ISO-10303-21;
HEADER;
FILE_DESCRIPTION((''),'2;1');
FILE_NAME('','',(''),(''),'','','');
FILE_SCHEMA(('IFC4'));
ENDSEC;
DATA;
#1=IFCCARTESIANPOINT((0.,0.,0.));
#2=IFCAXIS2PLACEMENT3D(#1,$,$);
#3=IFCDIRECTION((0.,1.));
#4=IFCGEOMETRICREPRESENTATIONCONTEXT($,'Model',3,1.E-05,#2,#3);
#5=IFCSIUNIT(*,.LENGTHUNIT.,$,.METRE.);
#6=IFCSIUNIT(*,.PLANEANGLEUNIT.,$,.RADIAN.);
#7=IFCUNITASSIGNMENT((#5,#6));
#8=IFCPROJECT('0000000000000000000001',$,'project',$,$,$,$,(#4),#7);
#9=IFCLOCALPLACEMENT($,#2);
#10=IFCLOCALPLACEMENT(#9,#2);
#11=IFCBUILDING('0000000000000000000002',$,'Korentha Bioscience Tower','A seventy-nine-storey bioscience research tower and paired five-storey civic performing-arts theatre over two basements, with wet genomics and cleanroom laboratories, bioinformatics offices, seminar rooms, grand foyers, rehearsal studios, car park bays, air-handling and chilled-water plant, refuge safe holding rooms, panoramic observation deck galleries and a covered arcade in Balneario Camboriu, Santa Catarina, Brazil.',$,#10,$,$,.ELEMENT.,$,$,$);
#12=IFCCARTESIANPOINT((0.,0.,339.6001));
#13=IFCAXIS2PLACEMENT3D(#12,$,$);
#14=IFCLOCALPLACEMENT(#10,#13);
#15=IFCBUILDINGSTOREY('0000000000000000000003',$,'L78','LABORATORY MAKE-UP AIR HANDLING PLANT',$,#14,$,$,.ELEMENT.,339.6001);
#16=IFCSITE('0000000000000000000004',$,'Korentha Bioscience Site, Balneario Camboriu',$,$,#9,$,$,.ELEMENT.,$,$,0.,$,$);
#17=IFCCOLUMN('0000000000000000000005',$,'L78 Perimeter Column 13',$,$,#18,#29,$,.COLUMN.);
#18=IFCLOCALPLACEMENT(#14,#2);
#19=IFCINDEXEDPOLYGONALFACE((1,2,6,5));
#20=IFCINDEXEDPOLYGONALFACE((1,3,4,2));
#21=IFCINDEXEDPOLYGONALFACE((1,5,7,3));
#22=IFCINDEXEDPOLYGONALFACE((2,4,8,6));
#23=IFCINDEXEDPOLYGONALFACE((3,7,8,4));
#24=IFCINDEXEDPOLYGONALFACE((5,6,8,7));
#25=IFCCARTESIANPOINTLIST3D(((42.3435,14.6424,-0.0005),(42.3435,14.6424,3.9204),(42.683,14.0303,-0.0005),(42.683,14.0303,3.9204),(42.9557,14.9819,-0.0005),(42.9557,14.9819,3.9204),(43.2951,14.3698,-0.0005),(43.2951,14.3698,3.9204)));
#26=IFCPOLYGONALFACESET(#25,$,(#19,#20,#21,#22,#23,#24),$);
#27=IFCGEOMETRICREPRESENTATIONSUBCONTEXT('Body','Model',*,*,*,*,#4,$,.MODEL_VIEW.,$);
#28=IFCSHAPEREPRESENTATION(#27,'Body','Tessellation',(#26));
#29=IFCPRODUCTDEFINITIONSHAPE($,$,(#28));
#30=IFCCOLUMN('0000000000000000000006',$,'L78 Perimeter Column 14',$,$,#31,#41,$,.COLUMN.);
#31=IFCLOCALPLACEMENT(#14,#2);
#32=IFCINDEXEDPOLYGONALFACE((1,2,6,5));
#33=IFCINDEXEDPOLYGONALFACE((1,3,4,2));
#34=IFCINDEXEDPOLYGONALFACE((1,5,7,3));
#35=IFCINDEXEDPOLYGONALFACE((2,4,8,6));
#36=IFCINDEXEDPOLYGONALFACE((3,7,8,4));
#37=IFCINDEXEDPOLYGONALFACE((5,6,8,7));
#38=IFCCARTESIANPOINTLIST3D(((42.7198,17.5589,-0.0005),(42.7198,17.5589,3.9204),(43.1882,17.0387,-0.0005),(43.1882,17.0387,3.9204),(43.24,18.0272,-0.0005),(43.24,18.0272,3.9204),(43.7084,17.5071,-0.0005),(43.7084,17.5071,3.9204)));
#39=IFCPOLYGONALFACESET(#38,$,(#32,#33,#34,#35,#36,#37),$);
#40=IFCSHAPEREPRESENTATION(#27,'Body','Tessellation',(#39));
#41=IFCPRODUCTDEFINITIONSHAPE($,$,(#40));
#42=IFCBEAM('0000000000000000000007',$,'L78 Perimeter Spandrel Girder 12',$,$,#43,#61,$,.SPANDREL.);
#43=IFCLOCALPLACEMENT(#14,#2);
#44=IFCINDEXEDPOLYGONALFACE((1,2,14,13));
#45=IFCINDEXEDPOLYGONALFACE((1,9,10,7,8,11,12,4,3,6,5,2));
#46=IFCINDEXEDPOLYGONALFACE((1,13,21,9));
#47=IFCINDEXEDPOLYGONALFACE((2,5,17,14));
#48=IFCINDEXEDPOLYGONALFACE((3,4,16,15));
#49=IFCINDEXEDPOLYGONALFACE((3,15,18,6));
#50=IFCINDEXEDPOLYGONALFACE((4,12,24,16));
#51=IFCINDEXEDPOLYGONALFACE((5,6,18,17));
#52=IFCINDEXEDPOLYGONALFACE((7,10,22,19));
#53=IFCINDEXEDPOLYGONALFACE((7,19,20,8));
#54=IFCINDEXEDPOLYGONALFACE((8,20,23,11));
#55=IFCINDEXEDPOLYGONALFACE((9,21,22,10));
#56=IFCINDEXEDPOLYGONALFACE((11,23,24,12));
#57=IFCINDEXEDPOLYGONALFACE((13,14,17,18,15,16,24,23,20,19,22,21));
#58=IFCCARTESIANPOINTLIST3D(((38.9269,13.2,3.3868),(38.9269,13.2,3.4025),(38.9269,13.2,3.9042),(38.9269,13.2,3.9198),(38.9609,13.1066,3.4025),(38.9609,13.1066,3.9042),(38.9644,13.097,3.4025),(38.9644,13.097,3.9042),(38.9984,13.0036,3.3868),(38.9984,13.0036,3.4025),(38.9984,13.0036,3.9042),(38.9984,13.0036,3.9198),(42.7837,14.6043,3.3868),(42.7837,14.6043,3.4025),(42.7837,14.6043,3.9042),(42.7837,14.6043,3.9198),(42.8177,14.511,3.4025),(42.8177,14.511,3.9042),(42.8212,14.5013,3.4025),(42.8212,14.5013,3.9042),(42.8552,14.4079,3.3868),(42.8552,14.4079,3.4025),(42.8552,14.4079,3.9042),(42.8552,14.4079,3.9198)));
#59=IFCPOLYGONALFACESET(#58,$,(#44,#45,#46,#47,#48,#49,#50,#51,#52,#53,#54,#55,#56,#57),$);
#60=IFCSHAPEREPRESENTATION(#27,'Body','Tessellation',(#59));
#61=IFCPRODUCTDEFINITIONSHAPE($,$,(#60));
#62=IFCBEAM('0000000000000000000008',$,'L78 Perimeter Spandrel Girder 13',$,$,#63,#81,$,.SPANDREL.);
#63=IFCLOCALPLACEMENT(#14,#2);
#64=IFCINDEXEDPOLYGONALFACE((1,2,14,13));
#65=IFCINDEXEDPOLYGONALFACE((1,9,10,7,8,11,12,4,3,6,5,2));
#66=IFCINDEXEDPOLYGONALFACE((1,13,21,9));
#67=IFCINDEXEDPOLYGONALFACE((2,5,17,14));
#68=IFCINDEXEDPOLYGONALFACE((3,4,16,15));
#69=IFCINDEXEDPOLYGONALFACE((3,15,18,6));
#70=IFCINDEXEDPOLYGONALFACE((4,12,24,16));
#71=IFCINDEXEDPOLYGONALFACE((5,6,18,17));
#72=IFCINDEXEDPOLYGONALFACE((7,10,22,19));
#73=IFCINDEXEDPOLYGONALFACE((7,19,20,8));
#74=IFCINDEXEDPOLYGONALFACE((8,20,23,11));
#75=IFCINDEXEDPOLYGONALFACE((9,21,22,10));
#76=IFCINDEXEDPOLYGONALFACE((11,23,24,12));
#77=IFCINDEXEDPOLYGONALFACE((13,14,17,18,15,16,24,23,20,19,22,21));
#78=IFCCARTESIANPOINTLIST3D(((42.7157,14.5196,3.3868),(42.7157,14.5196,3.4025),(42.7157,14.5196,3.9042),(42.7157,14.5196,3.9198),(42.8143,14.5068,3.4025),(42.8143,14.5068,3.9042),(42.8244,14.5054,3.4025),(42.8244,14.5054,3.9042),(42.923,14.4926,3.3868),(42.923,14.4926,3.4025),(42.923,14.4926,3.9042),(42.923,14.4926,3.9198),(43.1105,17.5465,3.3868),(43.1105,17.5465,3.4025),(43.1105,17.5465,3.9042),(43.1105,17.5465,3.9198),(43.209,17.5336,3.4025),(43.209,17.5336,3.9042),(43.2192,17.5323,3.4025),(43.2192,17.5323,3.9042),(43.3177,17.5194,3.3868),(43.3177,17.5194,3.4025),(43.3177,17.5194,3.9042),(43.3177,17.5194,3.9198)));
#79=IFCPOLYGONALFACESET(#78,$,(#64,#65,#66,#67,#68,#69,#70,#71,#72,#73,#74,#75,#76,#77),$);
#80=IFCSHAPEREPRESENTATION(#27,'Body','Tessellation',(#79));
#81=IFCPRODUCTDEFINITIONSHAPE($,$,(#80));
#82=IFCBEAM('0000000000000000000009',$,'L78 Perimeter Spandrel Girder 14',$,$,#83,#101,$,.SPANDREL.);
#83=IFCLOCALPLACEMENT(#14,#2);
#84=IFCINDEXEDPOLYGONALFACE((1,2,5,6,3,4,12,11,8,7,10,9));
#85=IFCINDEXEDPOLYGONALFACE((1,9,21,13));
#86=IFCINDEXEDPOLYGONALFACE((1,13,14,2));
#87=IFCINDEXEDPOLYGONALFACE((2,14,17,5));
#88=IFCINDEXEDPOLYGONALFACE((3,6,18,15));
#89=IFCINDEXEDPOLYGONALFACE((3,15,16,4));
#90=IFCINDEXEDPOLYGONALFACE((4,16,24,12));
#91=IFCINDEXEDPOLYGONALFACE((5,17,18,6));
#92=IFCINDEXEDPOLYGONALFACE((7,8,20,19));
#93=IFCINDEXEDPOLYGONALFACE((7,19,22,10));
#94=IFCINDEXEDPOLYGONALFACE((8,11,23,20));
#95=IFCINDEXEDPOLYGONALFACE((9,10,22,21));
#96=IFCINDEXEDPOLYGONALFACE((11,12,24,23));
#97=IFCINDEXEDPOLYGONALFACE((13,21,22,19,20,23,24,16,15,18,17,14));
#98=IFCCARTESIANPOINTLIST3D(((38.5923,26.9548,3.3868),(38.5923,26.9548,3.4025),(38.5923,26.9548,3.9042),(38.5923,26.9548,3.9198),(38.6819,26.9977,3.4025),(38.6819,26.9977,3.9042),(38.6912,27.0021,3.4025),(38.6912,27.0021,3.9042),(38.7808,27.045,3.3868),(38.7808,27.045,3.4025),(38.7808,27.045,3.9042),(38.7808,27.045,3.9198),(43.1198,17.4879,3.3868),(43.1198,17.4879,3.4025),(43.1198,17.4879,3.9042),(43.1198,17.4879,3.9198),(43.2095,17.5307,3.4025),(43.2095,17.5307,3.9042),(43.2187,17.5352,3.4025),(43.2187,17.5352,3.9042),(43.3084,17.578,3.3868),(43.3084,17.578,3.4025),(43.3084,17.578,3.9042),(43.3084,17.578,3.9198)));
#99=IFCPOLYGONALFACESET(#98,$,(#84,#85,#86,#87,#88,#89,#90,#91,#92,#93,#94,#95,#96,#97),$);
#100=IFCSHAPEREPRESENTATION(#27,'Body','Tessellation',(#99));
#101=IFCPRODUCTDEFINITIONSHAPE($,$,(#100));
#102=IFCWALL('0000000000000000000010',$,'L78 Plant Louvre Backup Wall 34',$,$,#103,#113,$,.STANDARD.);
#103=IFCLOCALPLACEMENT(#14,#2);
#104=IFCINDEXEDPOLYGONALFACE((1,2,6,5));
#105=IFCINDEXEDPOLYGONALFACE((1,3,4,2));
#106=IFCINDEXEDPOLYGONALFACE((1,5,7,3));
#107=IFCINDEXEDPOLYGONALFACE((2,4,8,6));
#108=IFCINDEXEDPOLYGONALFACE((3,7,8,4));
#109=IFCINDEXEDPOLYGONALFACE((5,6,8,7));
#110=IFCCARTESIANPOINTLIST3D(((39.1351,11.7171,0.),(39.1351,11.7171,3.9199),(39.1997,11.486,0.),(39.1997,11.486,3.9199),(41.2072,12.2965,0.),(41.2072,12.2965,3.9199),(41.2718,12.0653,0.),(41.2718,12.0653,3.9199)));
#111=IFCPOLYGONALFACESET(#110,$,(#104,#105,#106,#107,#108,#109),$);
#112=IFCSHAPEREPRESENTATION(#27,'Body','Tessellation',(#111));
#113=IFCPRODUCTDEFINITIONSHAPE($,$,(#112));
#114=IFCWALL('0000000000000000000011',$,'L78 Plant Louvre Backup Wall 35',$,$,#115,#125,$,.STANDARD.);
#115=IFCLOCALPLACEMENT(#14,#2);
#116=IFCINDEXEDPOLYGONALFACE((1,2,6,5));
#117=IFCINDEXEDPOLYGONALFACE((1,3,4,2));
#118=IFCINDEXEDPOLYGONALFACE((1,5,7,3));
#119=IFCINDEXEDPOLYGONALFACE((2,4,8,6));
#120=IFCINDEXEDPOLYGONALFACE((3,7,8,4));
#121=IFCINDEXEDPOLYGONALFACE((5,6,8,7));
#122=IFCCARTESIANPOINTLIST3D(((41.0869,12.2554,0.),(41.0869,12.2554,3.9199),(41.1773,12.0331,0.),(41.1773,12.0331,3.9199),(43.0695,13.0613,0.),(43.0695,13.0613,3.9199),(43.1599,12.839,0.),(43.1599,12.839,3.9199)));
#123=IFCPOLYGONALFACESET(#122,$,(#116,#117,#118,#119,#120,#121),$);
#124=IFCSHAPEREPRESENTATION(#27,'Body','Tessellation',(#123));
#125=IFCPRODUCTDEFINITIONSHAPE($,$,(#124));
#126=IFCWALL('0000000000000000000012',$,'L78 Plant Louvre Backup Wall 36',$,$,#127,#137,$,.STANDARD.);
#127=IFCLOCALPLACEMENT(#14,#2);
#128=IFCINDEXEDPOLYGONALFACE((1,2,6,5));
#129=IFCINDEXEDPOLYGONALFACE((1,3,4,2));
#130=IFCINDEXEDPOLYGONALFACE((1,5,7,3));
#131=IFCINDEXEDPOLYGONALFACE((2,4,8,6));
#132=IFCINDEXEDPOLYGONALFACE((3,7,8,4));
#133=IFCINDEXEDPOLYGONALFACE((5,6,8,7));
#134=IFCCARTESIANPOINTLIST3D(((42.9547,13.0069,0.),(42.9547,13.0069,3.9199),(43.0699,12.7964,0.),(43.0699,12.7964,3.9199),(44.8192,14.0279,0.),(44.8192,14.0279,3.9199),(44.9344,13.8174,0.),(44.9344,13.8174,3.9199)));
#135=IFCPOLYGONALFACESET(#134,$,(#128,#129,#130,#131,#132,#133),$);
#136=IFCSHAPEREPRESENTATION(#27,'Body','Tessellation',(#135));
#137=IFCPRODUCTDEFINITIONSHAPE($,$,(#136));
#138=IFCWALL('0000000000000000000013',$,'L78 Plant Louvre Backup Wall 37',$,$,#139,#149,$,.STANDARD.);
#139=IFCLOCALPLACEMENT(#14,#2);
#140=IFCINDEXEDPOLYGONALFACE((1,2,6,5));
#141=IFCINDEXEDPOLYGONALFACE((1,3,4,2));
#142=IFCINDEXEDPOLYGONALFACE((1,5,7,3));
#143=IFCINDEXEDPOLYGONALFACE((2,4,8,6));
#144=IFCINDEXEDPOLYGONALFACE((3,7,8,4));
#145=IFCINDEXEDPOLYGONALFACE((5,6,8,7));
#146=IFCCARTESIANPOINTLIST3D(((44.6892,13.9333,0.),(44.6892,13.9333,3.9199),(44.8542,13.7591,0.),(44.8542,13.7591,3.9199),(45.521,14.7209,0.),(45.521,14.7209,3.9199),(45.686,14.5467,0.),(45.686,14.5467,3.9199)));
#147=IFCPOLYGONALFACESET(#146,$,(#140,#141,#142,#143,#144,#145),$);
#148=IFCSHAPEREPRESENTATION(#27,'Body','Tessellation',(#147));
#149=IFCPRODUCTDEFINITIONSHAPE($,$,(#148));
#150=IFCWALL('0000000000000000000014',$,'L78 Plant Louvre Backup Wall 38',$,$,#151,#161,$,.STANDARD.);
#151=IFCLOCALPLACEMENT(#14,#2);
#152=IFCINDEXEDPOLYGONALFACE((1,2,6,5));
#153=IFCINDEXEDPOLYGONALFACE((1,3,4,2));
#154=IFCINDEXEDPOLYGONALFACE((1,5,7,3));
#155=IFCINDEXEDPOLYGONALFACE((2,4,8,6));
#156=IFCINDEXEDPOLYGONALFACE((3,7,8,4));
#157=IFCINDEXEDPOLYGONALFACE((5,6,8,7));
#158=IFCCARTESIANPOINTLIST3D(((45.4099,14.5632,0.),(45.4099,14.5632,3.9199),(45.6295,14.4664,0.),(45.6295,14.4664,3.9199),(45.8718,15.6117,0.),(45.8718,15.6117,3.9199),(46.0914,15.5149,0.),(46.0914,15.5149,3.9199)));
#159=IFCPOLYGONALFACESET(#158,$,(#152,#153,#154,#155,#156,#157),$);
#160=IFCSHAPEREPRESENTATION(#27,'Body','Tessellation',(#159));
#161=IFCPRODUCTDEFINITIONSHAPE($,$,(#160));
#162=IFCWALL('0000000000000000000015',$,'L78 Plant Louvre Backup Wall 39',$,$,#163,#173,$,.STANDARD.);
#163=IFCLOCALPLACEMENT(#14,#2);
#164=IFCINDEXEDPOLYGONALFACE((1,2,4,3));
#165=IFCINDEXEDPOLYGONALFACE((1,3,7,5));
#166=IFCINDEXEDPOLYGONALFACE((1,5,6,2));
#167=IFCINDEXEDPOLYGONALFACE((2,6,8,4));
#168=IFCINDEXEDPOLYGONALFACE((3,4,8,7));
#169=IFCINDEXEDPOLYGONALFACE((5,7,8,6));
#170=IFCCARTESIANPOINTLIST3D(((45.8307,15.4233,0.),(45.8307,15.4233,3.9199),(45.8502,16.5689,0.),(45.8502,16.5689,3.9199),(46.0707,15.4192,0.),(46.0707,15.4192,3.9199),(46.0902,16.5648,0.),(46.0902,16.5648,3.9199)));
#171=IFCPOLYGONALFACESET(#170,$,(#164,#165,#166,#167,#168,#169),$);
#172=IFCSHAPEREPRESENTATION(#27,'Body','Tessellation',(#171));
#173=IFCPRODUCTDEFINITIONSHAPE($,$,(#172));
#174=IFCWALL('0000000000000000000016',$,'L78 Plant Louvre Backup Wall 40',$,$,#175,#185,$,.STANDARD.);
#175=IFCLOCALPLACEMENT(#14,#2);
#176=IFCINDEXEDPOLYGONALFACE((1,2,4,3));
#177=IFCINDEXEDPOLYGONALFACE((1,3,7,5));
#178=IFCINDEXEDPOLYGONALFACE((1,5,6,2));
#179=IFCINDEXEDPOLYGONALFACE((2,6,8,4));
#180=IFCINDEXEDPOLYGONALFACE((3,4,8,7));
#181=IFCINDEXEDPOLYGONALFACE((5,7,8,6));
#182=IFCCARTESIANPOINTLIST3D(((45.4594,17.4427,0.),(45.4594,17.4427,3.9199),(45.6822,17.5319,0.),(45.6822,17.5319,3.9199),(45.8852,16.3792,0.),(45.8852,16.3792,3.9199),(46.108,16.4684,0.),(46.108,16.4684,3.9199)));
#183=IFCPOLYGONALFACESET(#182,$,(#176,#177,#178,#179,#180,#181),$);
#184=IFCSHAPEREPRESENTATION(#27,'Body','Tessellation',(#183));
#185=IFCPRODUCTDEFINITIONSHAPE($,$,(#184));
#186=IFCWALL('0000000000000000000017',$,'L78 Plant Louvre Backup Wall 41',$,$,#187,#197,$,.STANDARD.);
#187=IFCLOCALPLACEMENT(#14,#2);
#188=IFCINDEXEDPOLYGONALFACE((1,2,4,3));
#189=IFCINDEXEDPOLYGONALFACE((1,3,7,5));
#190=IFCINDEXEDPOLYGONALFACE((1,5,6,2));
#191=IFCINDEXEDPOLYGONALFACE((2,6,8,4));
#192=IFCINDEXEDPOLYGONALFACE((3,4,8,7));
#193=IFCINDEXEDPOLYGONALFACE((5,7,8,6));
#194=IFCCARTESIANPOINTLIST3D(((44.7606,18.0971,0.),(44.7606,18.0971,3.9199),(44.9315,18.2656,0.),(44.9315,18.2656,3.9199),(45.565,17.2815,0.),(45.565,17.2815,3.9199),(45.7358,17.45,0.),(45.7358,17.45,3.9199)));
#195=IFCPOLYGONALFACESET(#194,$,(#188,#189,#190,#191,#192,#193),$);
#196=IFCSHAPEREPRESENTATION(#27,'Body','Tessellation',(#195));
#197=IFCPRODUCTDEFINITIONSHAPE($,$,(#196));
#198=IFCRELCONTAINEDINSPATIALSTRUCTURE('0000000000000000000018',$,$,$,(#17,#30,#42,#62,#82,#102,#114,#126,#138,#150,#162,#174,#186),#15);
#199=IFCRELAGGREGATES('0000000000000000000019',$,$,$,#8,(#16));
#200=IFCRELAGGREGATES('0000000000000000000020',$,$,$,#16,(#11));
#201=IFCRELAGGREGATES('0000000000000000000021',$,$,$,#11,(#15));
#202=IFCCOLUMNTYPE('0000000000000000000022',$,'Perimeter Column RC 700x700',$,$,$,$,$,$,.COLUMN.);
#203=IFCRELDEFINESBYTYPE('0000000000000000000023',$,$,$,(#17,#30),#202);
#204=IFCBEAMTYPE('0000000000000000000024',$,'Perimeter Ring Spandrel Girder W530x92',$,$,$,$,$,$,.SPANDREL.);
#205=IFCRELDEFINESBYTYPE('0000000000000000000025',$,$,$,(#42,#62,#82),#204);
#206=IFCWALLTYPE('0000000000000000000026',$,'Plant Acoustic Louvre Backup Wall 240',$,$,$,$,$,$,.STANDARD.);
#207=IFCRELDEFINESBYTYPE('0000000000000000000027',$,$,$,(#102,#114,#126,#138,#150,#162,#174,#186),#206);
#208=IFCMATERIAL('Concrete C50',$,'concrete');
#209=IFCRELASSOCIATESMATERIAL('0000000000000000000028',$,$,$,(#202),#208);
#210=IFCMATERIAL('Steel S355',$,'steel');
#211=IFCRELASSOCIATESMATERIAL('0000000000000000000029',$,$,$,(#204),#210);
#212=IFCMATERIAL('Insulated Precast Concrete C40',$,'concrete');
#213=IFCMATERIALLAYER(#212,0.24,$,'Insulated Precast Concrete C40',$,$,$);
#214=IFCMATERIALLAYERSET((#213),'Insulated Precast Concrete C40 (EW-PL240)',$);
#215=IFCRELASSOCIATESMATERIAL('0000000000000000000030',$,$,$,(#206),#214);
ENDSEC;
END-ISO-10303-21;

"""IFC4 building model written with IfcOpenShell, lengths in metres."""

from ifc_helpers import new_model, si_unit, direction, frame, frame_2d, origin, origin_2d, place, context, subcontext, project, spatial, rectangle, i_section, extrude, material, layer, layer_set, material_profile, profile_set, type_object, element, save


model = new_model("IFC4")

# Units and contexts
model_context = context("Model", 3, precision=1e-05, world=origin(), true_north=direction((0.0, 1.0)))
body_context = subcontext(model_context, "Body", "Model", "MODEL_VIEW")
ifc_project = project(units=[si_unit("LENGTHUNIT", "METRE"), si_unit("PLANEANGLEUNIT", "RADIAN")], contexts=[model_context])

# Site, building, storey
site_placement = place(None, origin())
site = spatial("IfcSite", under=ifc_project, at=site_placement, Name="Korentha Bioscience Site, Balneario Camboriu", CompositionType="ELEMENT", RefElevation=0.0)
building_placement = place(site_placement, origin())
building = spatial("IfcBuilding", under=site, at=building_placement, Name="Korentha Bioscience Tower", Description="A seventy-nine-storey bioscience research tower and paired five-storey civic performing-arts theatre over two basements, with wet genomics and cleanroom laboratories, bioinformatics offices, seminar rooms, grand foyers, rehearsal studios, car park bays, air-handling and chilled-water plant, refuge safe holding rooms, panoramic observation deck galleries and a covered arcade in Balneario Camboriu, Santa Catarina, Brazil.", CompositionType="ELEMENT")
storey_placement = place(building_placement, frame((0.0, 0.0, 339.6001)))
storey = spatial("IfcBuildingStorey", under=building, at=storey_placement, Name="L78", Description="LABORATORY MAKE-UP AIR HANDLING PLANT", CompositionType="ELEMENT", Elevation=339.6001)

# Columns
ifc_material_1 = material(Name="Concrete C50", Category="concrete")
ifc_material_profile_1 = material_profile(ifc_material_1, rectangle(XDim=0.7, YDim=0.7, at=origin_2d()), Name="Concrete C50")
ifc_profile_set_1 = profile_set([ifc_material_profile_1], Name="Concrete C50 (COL-P07)")
column_type = type_object("IfcColumnType", Name="Perimeter Column RC 700x700", PredefinedType="COLUMN", material=ifc_profile_set_1)
for number, where, z_axis, x_axis, name in (
    (1, (42.8193, 14.5061, -0.0005), (0.0, 0.0, 1.0), (0.874535, 0.484962, 0.0), "L78 Perimeter Column 13"),
    (2, (43.2141, 17.533, -0.0005), (0.0, 0.0, 1.0), (-0.669131, 0.743145, 0.0), "L78 Perimeter Column 14"),
):
    element("IfcColumn", number, at=place(storey_placement, frame(where, z_axis=z_axis, x_axis=x_axis)), inside=storey, type_object=column_type, Name=name, PredefinedType="COLUMN", context=body_context, shape_type="SweptSolid", body=[
        extrude(rectangle(XDim=0.7, YDim=0.7, at=origin_2d()), origin(), (0.0, 0.0, 1.0), 3.9209),
    ])

# Beams
ifc_material_2 = material(Name="Steel S355", Category="steel")
ifc_material_profile_2 = material_profile(ifc_material_2, i_section(OverallWidth=0.209, OverallDepth=0.533, WebThickness=0.0103, FlangeThickness=0.0156, at=origin_2d()), Name="Steel S355")
ifc_profile_set_2 = profile_set([ifc_material_profile_2], Name="Steel S355 (SB-530)")
beam_type = type_object("IfcBeamType", Name="Perimeter Ring Spandrel Girder W530x92", PredefinedType="SPANDREL", material=ifc_profile_set_2)
beam_1_placement = place(storey_placement, frame((38.9626, 13.1018, 3.6533), z_axis=(0.939647, 0.342144, 0.0), x_axis=(-0.342144, 0.939647, 0.0)))
element("IfcBeam", 3, at=beam_1_placement, inside=storey, type_object=beam_type, Name="L78 Perimeter Spandrel Girder 12", PredefinedType="SPANDREL", context=body_context, shape_type="SweptSolid", body=[
    extrude(i_section(OverallWidth=0.209, OverallDepth=0.533, WebThickness=0.0103, FlangeThickness=0.0156, at=origin_2d()), origin(), (0.0, 0.0, 1.0), 4.1045),
])
beam_2_placement = place(storey_placement, frame((42.8193, 14.5061, 3.6533), z_axis=(0.129329, 0.991602, 0.0), x_axis=(-0.991602, 0.129329, 0.0)))
element("IfcBeam", 4, at=beam_2_placement, inside=storey, type_object=beam_type, Name="L78 Perimeter Spandrel Girder 13", PredefinedType="SPANDREL", context=body_context, shape_type="SweptSolid", body=[
    extrude(i_section(OverallWidth=0.209, OverallDepth=0.533, WebThickness=0.0103, FlangeThickness=0.0156, at=origin_2d()), origin(), (0.0, 0.0, 1.0), 3.0525),
])
beam_3_placement = place(storey_placement, frame((43.2141, 17.533, 3.6533), z_axis=(-0.431446, 0.902139, 0.0), x_axis=(-0.902139, -0.431446, 0.0)))
element("IfcBeam", 5, at=beam_3_placement, inside=storey, type_object=beam_type, Name="L78 Perimeter Spandrel Girder 14", PredefinedType="SPANDREL", context=body_context, shape_type="SweptSolid", body=[
    extrude(i_section(OverallWidth=0.209, OverallDepth=0.533, WebThickness=0.0103, FlangeThickness=0.0156, at=origin_2d()), origin(), (0.0, 0.0, 1.0), 10.4939),
])

# Walls
ifc_material_3 = material(Name="Insulated Precast Concrete C40", Category="concrete")
ifc_layer_1 = layer(ifc_material_3, 0.24, Name="Insulated Precast Concrete C40")
ifc_layer_set_1 = layer_set([ifc_layer_1], Name="Insulated Precast Concrete C40 (EW-PL240)")
wall_type = type_object("IfcWallType", Name="Plant Acoustic Louvre Backup Wall 240", PredefinedType="STANDARD", material=ifc_layer_set_1)
wall_1_placement = place(storey_placement, frame((39.1675, 11.6016, 0.0), z_axis=(0.0, 0.0, 1.0), x_axis=(0.963063, 0.269276, 0.0)))
element("IfcWall", 6, at=wall_1_placement, inside=storey, type_object=wall_type, Name="L78 Plant Louvre Backup Wall 34", PredefinedType="STANDARD", context=body_context, shape_type="SweptSolid", body=[
    extrude(rectangle(XDim=2.1516, YDim=0.24, at=frame_2d((1.0757, 0.0))), origin(), (0.0, 0.0, 1.0), 3.9199),
])
wall_2_placement = place(storey_placement, frame((41.1321, 12.1443, 0.0), z_axis=(0.0, 0.0, 1.0), x_axis=(0.926393, 0.376558, 0.0)))
element("IfcWall", 7, at=wall_2_placement, inside=storey, type_object=wall_type, Name="L78 Plant Louvre Backup Wall 35", PredefinedType="STANDARD", context=body_context, shape_type="SweptSolid", body=[
    extrude(rectangle(XDim=2.1401, YDim=0.24, at=frame_2d((1.0701, 0.0))), origin(), (0.0, 0.0, 1.0), 3.9199),
])
wall_3_placement = place(storey_placement, frame((43.0122, 12.9016, 0.0), z_axis=(0.0, 0.0, 1.0), x_axis=(0.877104, 0.4803, 0.0)))
element("IfcWall", 8, at=wall_3_placement, inside=storey, type_object=wall_type, Name="L78 Plant Louvre Backup Wall 36", PredefinedType="STANDARD", context=body_context, shape_type="SweptSolid", body=[
    extrude(rectangle(XDim=2.1257, YDim=0.24, at=frame_2d((1.063, 0.0))), origin(), (0.0, 0.0, 1.0), 3.9199),
])
wall_4_placement = place(storey_placement, frame((44.7717, 13.8462, 0.0), z_axis=(0.0, 0.0, 1.0), x_axis=(0.726132, 0.687555, 0.0)))
element("IfcWall", 9, at=wall_4_placement, inside=storey, type_object=wall_type, Name="L78 Plant Louvre Backup Wall 37", PredefinedType="STANDARD", context=body_context, shape_type="SweptSolid", body=[
    extrude(rectangle(XDim=1.1455, YDim=0.24, at=frame_2d((0.5728, 0.0))), origin(), (0.0, 0.0, 1.0), 3.9199),
])
for number, where, z_axis, x_axis, name in (
    (10, (45.5198, 14.5149, 0.0), (0.0, 0.0, 1.0), (0.403131, 0.915142, 0.0), "L78 Plant Louvre Backup Wall 38"),
    (11, (45.9507, 15.4214, 0.0), (0.0, 0.0, 1.0), (0.017048, 0.999855, 0.0), "L78 Plant Louvre Backup Wall 39"),
):
    element("IfcWall", number, at=place(storey_placement, frame(where, z_axis=z_axis, x_axis=x_axis)), inside=storey, type_object=wall_type, Name=name, PredefinedType="STANDARD", context=body_context, shape_type="SweptSolid", body=[
        extrude(rectangle(XDim=1.1458, YDim=0.24, at=frame_2d((0.5728, 0.0))), origin(), (0.0, 0.0, 1.0), 3.9199),
    ])
for number, where, z_axis, x_axis, name in (
    (12, (45.9966, 16.4238, 0.0), (0.0, 0.0, 1.0), (-0.371685, 0.928359, 0.0), "L78 Plant Louvre Backup Wall 40"),
    (13, (45.6504, 17.3657, 0.0), (0.0, 0.0, 1.0), (-0.702188, 0.711991, 0.0), "L78 Plant Louvre Backup Wall 41"),
):
    element("IfcWall", number, at=place(storey_placement, frame(where, z_axis=z_axis, x_axis=x_axis)), inside=storey, type_object=wall_type, Name=name, PredefinedType="STANDARD", context=body_context, shape_type="SweptSolid", body=[
        extrude(rectangle(XDim=1.1455, YDim=0.24, at=frame_2d((0.5728, 0.0))), origin(), (0.0, 0.0, 1.0), 3.9199),
    ])

save(model, "model.ifc")
